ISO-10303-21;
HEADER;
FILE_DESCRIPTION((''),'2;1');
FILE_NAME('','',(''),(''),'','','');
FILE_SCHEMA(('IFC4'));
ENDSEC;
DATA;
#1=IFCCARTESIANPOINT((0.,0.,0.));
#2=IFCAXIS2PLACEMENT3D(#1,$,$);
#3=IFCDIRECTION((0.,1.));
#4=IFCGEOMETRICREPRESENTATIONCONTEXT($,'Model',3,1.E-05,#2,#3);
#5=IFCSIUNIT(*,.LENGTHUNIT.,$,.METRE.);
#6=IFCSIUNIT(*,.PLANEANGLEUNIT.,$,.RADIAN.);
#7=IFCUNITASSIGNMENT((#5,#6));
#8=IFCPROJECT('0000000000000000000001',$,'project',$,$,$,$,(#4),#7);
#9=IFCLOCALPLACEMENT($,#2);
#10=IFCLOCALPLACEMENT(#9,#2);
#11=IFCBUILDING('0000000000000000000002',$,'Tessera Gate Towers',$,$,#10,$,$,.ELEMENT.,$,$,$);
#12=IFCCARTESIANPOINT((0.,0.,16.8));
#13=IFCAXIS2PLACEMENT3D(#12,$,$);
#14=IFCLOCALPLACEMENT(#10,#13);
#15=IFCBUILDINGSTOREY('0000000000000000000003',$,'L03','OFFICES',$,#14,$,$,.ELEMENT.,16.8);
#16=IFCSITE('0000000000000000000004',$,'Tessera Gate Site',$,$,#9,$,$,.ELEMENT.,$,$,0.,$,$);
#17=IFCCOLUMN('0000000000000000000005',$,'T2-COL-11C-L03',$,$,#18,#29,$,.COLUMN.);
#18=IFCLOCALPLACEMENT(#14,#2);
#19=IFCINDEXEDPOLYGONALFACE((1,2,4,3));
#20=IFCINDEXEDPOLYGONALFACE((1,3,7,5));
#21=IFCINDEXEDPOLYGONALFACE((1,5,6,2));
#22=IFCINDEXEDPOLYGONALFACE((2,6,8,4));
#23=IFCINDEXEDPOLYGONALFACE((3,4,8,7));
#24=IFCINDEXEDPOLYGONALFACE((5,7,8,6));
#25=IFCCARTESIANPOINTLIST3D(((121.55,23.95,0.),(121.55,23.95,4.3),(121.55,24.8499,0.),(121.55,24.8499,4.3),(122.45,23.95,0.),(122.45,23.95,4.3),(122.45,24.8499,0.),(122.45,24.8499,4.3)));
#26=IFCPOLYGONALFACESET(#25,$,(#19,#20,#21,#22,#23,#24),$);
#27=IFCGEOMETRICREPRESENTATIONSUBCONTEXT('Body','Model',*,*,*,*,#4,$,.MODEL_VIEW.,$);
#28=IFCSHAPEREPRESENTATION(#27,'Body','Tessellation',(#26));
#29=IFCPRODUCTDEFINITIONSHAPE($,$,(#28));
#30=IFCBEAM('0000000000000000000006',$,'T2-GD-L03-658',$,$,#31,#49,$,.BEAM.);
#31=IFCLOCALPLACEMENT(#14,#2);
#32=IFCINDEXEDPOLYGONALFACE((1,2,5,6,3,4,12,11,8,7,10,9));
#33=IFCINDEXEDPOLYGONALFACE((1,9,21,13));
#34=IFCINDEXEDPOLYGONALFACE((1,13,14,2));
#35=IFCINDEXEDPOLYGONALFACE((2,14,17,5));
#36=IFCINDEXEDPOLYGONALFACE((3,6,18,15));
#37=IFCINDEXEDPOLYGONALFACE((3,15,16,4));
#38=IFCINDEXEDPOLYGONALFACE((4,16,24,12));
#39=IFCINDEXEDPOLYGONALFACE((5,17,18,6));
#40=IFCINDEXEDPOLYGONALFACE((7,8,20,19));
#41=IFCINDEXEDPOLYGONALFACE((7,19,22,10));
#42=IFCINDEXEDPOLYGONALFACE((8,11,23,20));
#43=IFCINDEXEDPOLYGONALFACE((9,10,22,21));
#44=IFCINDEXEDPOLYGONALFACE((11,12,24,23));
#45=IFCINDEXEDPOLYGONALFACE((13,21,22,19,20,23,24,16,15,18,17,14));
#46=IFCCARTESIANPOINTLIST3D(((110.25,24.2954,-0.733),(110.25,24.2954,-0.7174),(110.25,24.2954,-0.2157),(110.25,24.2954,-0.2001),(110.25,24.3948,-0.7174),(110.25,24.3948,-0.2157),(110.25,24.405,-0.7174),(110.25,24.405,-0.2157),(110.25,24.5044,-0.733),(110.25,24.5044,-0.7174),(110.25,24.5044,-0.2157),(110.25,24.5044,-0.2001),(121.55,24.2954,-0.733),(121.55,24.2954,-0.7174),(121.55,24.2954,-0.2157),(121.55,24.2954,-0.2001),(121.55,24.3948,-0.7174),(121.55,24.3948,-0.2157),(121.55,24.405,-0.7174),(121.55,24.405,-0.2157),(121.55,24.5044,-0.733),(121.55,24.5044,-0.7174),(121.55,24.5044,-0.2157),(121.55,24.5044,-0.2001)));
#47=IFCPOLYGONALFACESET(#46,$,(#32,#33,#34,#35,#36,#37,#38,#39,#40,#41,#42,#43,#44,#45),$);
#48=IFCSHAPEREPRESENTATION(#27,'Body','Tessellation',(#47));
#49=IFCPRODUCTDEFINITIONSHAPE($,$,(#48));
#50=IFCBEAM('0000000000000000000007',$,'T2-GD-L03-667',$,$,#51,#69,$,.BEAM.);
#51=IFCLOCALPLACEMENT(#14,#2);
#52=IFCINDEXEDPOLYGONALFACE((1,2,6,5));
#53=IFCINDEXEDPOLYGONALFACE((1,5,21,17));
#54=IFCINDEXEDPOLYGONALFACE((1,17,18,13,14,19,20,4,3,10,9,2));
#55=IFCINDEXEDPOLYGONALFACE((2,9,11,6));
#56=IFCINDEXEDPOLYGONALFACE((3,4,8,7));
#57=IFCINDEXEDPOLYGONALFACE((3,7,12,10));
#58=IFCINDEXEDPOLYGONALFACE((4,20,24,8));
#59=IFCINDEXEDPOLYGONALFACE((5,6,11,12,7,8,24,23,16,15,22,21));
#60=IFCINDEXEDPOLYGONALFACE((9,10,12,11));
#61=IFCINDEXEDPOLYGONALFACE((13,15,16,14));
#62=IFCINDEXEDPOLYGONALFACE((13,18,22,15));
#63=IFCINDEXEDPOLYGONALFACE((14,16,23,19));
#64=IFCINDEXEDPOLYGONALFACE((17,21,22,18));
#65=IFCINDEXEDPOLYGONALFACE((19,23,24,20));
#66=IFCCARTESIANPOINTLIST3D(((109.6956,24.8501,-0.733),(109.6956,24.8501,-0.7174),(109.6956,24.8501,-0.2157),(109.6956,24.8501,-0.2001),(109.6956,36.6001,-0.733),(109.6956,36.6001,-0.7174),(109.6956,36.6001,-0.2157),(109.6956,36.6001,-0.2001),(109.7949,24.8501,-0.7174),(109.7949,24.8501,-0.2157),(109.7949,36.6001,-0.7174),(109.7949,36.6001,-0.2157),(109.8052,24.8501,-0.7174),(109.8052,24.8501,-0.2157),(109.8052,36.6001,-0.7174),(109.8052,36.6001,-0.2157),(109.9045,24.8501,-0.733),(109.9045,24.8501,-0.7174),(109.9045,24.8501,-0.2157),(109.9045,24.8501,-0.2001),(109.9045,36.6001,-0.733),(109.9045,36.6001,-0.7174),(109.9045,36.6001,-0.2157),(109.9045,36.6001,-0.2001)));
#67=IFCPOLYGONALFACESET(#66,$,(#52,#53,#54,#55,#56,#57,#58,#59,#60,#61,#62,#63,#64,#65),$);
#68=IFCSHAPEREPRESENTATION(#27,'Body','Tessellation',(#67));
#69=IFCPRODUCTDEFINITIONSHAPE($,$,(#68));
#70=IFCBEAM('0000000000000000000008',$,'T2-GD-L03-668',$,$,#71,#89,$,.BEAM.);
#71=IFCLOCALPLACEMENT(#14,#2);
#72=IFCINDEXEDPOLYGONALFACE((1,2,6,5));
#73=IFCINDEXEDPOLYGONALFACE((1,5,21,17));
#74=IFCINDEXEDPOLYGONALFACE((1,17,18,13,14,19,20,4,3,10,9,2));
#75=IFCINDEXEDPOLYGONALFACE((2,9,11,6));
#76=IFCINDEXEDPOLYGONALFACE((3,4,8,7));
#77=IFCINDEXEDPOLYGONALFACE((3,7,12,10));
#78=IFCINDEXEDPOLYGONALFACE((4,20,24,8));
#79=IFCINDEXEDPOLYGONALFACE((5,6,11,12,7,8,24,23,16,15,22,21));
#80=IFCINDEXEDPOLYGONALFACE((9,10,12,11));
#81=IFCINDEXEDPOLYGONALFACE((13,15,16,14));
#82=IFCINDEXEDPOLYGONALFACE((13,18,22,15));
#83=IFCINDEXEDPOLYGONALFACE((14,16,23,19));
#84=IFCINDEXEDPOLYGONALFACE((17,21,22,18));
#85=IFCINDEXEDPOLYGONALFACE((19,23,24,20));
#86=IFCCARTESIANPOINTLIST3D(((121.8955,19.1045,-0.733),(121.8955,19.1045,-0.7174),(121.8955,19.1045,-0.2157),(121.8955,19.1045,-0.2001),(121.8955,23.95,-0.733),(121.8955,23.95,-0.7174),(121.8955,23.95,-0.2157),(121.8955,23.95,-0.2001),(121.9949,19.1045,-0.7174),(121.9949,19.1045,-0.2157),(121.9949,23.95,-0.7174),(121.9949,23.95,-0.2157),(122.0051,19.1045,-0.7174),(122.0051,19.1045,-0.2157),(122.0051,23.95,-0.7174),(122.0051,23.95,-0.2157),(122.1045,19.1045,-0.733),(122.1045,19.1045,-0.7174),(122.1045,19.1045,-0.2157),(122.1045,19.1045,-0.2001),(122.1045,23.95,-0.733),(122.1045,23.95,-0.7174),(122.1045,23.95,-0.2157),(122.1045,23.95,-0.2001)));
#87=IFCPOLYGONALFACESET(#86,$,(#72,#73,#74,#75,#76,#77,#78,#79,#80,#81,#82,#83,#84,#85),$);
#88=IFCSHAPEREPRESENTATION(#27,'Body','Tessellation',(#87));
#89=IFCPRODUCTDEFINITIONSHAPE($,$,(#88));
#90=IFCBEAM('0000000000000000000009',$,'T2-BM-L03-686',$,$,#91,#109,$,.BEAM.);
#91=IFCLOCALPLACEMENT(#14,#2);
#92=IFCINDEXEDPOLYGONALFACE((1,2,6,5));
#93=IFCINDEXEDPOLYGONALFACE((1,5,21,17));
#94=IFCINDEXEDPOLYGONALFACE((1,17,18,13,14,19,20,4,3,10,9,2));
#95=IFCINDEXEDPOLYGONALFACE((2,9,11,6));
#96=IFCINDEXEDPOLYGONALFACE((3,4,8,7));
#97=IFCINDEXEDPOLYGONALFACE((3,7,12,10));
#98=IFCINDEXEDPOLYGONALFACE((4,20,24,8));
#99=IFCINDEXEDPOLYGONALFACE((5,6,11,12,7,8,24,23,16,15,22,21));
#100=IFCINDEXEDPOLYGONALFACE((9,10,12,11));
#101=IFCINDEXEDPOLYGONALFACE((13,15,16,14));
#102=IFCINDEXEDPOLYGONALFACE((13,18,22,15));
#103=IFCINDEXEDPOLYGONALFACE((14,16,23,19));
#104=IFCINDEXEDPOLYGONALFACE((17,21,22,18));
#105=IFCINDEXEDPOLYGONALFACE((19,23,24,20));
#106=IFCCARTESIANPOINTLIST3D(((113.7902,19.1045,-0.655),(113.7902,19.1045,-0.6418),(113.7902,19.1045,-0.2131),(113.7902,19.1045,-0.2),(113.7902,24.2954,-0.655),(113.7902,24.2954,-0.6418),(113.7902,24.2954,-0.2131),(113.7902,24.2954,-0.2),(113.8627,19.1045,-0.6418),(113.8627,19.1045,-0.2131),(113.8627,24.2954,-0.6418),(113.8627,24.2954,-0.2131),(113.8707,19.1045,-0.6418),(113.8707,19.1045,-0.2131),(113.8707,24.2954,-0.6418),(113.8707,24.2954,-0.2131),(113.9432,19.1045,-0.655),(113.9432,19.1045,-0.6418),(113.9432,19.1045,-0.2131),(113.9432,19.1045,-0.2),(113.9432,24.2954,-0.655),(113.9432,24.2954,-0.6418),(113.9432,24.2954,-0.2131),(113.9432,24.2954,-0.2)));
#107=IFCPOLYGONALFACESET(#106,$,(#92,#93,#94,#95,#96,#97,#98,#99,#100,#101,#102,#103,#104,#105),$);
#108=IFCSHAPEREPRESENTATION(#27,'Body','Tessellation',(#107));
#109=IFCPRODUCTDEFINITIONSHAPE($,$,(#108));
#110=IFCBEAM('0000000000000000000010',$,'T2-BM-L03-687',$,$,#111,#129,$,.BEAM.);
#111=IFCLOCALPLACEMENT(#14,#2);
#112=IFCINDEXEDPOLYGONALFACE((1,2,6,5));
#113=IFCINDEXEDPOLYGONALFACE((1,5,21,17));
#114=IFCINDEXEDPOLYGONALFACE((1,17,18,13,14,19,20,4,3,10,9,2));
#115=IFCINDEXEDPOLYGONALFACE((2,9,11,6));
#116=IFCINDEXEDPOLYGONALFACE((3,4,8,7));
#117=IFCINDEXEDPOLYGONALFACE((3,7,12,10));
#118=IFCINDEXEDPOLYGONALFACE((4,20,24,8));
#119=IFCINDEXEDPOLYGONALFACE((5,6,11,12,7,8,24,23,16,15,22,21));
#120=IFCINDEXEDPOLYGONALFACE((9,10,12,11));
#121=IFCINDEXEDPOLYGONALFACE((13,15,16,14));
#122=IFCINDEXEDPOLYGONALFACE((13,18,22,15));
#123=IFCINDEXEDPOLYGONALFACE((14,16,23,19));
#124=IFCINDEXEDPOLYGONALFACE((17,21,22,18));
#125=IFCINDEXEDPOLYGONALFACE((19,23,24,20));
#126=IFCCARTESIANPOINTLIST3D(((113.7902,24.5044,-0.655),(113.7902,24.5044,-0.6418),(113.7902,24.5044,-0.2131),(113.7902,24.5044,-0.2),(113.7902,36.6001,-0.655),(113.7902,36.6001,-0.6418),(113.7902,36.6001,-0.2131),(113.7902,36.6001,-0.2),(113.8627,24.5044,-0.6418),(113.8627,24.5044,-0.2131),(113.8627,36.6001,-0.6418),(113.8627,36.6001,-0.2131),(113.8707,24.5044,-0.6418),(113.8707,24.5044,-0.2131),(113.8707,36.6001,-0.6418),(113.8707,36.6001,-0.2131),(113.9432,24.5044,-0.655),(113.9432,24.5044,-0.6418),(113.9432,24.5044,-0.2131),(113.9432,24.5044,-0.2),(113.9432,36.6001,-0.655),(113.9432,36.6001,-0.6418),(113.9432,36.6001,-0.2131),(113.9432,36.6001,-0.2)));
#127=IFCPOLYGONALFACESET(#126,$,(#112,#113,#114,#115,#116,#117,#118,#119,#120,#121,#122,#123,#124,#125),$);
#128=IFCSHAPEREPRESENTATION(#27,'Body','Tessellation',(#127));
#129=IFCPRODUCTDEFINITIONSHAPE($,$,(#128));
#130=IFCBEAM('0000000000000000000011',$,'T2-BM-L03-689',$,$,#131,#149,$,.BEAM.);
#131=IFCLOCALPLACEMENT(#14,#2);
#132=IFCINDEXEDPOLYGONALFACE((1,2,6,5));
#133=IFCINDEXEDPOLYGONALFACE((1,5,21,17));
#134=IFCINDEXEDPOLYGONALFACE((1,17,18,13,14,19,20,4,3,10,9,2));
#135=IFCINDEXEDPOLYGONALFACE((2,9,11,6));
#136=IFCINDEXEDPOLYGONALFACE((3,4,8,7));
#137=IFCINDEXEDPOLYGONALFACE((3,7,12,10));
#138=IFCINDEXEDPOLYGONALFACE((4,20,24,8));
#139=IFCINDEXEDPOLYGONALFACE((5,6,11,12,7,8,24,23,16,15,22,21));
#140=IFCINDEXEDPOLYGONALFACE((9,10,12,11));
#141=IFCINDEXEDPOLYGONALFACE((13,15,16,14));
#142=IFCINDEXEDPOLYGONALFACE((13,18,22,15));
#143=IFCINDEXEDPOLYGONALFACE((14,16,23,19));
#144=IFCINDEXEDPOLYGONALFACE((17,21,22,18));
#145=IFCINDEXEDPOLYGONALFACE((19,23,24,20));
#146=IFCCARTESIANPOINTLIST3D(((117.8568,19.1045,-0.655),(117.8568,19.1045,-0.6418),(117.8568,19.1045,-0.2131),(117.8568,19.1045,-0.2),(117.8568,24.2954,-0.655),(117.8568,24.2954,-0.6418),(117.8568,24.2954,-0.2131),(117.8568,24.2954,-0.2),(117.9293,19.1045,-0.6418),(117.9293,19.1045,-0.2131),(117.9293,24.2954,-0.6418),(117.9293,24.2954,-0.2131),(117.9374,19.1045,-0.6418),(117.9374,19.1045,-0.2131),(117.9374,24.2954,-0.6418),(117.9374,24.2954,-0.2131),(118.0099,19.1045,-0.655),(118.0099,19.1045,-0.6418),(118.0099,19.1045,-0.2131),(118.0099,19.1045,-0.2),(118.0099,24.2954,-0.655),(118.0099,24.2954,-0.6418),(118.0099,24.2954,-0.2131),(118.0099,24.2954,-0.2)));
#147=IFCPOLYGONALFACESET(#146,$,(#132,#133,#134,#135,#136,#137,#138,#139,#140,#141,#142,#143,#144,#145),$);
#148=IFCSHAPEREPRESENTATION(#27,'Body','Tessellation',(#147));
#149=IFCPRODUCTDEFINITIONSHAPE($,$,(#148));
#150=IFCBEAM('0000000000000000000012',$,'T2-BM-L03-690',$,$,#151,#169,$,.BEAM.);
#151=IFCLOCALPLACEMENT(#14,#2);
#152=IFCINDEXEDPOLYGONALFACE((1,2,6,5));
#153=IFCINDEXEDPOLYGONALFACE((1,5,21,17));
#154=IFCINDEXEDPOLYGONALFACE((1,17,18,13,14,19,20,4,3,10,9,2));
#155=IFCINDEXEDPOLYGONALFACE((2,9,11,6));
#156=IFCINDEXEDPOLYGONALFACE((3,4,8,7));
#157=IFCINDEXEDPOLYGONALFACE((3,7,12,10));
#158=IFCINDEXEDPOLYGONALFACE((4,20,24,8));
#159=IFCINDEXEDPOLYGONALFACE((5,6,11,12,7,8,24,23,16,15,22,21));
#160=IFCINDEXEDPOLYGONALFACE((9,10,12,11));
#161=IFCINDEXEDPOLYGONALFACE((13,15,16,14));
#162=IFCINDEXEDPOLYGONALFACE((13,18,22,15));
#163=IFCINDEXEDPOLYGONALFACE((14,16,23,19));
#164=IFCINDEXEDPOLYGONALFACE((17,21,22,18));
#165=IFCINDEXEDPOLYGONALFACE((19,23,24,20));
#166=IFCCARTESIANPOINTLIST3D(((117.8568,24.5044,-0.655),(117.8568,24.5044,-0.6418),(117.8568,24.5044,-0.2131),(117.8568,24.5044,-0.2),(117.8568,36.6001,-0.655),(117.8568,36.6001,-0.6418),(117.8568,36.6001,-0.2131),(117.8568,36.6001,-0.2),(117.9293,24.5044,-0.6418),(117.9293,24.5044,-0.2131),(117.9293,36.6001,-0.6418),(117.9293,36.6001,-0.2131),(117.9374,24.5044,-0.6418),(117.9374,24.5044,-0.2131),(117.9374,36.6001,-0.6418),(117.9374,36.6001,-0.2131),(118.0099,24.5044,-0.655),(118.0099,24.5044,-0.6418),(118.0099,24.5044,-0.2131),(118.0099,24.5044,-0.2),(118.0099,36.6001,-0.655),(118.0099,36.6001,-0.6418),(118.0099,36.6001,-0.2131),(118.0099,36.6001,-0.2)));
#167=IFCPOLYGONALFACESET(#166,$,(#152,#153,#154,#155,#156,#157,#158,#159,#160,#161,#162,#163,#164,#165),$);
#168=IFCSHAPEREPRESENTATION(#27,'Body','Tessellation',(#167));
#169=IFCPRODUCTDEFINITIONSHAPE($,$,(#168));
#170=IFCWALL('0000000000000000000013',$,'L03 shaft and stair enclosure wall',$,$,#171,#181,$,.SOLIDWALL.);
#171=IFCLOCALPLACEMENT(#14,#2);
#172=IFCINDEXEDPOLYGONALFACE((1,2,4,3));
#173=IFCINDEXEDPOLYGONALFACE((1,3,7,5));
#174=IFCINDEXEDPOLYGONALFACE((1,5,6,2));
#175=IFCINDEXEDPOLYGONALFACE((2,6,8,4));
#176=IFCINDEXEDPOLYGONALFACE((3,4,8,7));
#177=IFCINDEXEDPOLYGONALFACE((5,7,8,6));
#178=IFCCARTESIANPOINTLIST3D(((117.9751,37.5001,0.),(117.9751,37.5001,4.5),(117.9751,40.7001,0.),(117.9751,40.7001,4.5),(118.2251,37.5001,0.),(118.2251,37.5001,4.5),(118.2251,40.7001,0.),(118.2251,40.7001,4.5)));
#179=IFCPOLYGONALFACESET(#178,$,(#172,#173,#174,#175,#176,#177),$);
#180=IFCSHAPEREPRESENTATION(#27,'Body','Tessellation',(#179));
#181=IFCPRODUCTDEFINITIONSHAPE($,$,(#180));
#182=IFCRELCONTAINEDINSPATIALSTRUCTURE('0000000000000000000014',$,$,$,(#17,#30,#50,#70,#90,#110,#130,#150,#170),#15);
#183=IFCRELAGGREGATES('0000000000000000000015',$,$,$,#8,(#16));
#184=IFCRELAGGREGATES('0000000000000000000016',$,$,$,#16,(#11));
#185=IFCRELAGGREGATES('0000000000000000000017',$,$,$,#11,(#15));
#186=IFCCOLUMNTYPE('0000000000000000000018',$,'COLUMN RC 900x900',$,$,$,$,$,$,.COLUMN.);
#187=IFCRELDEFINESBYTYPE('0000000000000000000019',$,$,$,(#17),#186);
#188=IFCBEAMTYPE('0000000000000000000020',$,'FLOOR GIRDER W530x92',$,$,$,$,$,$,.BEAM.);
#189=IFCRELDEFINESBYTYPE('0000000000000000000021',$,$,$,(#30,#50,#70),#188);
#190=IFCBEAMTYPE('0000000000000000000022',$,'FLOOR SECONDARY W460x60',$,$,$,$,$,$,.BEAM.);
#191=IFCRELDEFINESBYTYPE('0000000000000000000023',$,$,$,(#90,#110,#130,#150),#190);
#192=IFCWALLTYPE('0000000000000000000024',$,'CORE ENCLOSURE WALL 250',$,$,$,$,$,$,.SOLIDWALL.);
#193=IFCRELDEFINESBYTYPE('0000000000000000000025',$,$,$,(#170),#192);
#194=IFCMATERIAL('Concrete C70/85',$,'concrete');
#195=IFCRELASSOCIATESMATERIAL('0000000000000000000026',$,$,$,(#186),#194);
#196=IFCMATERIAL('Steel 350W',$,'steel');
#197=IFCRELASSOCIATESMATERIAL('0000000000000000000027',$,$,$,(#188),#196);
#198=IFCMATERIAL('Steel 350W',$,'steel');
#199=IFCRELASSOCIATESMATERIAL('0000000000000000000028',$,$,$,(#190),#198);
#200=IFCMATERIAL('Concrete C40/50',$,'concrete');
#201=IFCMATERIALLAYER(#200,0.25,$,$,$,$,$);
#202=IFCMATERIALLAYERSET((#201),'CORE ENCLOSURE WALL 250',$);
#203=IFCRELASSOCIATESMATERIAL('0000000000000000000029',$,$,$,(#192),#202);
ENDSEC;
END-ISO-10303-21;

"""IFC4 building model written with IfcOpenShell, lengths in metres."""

from ifc_helpers import new_model, si_unit, direction, frame, frame_2d, origin, origin_2d, place, context, subcontext, project, spatial, rectangle, i_section, extrude, material, layer, layer_set, material_profile, profile_set, type_object, element, save


model = new_model("IFC4")

# Units and contexts
model_context = context("Model", 3, precision=1e-05, world=origin(), true_north=direction((0.0, 1.0)))
body_context = subcontext(model_context, "Body", "Model", "MODEL_VIEW")
ifc_project = project(units=[si_unit("LENGTHUNIT", "METRE"), si_unit("PLANEANGLEUNIT", "RADIAN")], contexts=[model_context])

# Site, building, storey
site_placement = place(None, origin())
site = spatial("IfcSite", under=ifc_project, at=site_placement, Name="Tessera Gate Site", CompositionType="ELEMENT", RefElevation=0.0)
building_placement = place(site_placement, origin())
building = spatial("IfcBuilding", under=site, at=building_placement, Name="Tessera Gate Towers", CompositionType="ELEMENT")
storey_placement = place(building_placement, frame((0.0, 0.0, 16.8)))
storey = spatial("IfcBuildingStorey", under=building, at=storey_placement, Name="L03", Description="OFFICES", CompositionType="ELEMENT", Elevation=16.8)

# Column
ifc_material_1 = material(Name="Concrete C70/85", Category="concrete")
ifc_material_profile_1 = material_profile(ifc_material_1, rectangle(XDim=0.8999, YDim=0.8999, at=origin_2d()), Name="RC 900x900")
ifc_profile_set_1 = profile_set([ifc_material_profile_1], Name="Concrete C70/85")
column_type = type_object("IfcColumnType", Name="COLUMN RC 900x900", PredefinedType="COLUMN", material=ifc_profile_set_1)
column_placement = place(storey_placement, frame((122.0, 24.3999, 0.0), z_axis=(0.0, 0.0, 1.0), x_axis=(1.0, 0.0, 0.0)))
element("IfcColumn", 1, at=column_placement, inside=storey, type_object=column_type, Name="T2-COL-11C-L03", PredefinedType="COLUMN", context=body_context, shape_type="SweptSolid", body=[
    extrude(rectangle(XDim=0.8999, YDim=0.8999, at=origin_2d()), origin(), (0.0, 0.0, 1.0), 4.3),
])

# Beams
ifc_material_2 = material(Name="Steel 350W", Category="steel")
ifc_material_profile_2 = material_profile(ifc_material_2, i_section(OverallWidth=0.209, OverallDepth=0.533, WebThickness=0.0103, FlangeThickness=0.0156, at=origin_2d()), Name="W530x92")
ifc_profile_set_2 = profile_set([ifc_material_profile_2], Name="Steel 350W")
beam_type_1 = type_object("IfcBeamType", Name="FLOOR GIRDER W530x92", PredefinedType="BEAM", material=ifc_profile_set_2)
beam_1_placement = place(storey_placement, frame((110.25, 24.3999, -0.4666), z_axis=(1.0, 0.0, 0.0), x_axis=(0.0, 1.0, 0.0)))
element("IfcBeam", 2, at=beam_1_placement, inside=storey, type_object=beam_type_1, Name="T2-GD-L03-658", PredefinedType="BEAM", context=body_context, shape_type="SweptSolid", body=[
    extrude(i_section(OverallWidth=0.209, OverallDepth=0.533, WebThickness=0.0103, FlangeThickness=0.0156, at=origin_2d()), origin(), (0.0, 0.0, 1.0), 11.3),
])
beam_2_placement = place(storey_placement, frame((109.8, 24.8501, -0.4666), z_axis=(0.0, 1.0, 0.0), x_axis=(-1.0, 0.0, 0.0)))
element("IfcBeam", 3, at=beam_2_placement, inside=storey, type_object=beam_type_1, Name="T2-GD-L03-667", PredefinedType="BEAM", context=body_context, shape_type="SweptSolid", body=[
    extrude(i_section(OverallWidth=0.209, OverallDepth=0.533, WebThickness=0.0103, FlangeThickness=0.0156, at=origin_2d()), origin(), (0.0, 0.0, 1.0), 11.75),
])
beam_3_placement = place(storey_placement, frame((122.0, 19.1045, -0.4666), z_axis=(0.0, 1.0, 0.0), x_axis=(-1.0, 0.0, 0.0)))
element("IfcBeam", 4, at=beam_3_placement, inside=storey, type_object=beam_type_1, Name="T2-GD-L03-668", PredefinedType="BEAM", context=body_context, shape_type="SweptSolid", body=[
    extrude(i_section(OverallWidth=0.209, OverallDepth=0.533, WebThickness=0.0103, FlangeThickness=0.0156, at=origin_2d()), origin(), (0.0, 0.0, 1.0), 4.8455),
])
ifc_material_3 = material(Name="Steel 350W", Category="steel")
ifc_material_profile_3 = material_profile(ifc_material_3, i_section(OverallWidth=0.1531, OverallDepth=0.4551, WebThickness=0.0081, FlangeThickness=0.0132, at=origin_2d()), Name="W460x60")
ifc_profile_set_3 = profile_set([ifc_material_profile_3], Name="Steel 350W")
beam_type_2 = type_object("IfcBeamType", Name="FLOOR SECONDARY W460x60", PredefinedType="BEAM", material=ifc_profile_set_3)
beam_4_placement = place(storey_placement, frame((113.8667, 19.1045, -0.4275), z_axis=(0.0, 1.0, 0.0), x_axis=(-1.0, 0.0, 0.0)))
element("IfcBeam", 5, at=beam_4_placement, inside=storey, type_object=beam_type_2, Name="T2-BM-L03-686", PredefinedType="BEAM", context=body_context, shape_type="SweptSolid", body=[
    extrude(i_section(OverallWidth=0.1531, OverallDepth=0.4551, WebThickness=0.0081, FlangeThickness=0.0132, at=origin_2d()), origin(), (0.0, 0.0, 1.0), 5.1909),
])
beam_5_placement = place(storey_placement, frame((113.8667, 24.5044, -0.4275), z_axis=(0.0, 1.0, 0.0), x_axis=(-1.0, 0.0, 0.0)))
element("IfcBeam", 6, at=beam_5_placement, inside=storey, type_object=beam_type_2, Name="T2-BM-L03-687", PredefinedType="BEAM", context=body_context, shape_type="SweptSolid", body=[
    extrude(i_section(OverallWidth=0.1531, OverallDepth=0.4551, WebThickness=0.0081, FlangeThickness=0.0132, at=origin_2d()), origin(), (0.0, 0.0, 1.0), 12.0957),
])
beam_6_placement = place(storey_placement, frame((117.9333, 19.1045, -0.4275), z_axis=(0.0, 1.0, 0.0), x_axis=(-1.0, 0.0, 0.0)))
element("IfcBeam", 7, at=beam_6_placement, inside=storey, type_object=beam_type_2, Name="T2-BM-L03-689", PredefinedType="BEAM", context=body_context, shape_type="SweptSolid", body=[
    extrude(i_section(OverallWidth=0.1531, OverallDepth=0.4551, WebThickness=0.0081, FlangeThickness=0.0132, at=origin_2d()), origin(), (0.0, 0.0, 1.0), 5.1909),
])
beam_7_placement = place(storey_placement, frame((117.9333, 24.5044, -0.4275), z_axis=(0.0, 1.0, 0.0), x_axis=(-1.0, 0.0, 0.0)))
element("IfcBeam", 8, at=beam_7_placement, inside=storey, type_object=beam_type_2, Name="T2-BM-L03-690", PredefinedType="BEAM", context=body_context, shape_type="SweptSolid", body=[
    extrude(i_section(OverallWidth=0.1531, OverallDepth=0.4551, WebThickness=0.0081, FlangeThickness=0.0132, at=origin_2d()), origin(), (0.0, 0.0, 1.0), 12.0957),
])

# Wall
ifc_material_4 = material(Name="Concrete C40/50", Category="concrete")
ifc_layer_1 = layer(ifc_material_4, 0.25)
ifc_layer_set_1 = layer_set([ifc_layer_1], Name="CORE ENCLOSURE WALL 250")
wall_type_1 = type_object("IfcWallType", Name="CORE ENCLOSURE WALL 250", PredefinedType="SOLIDWALL", material=ifc_layer_set_1)
wall_1_placement = place(storey_placement, frame((118.1001, 37.5, 0.0), z_axis=(0.0, 0.0, 1.0), x_axis=(0.0, 1.0, 0.0)))
element("IfcWall", 9, at=wall_1_placement, inside=storey, type_object=wall_type_1, Name="L03 shaft and stair enclosure wall", PredefinedType="SOLIDWALL", context=body_context, shape_type="SweptSolid", body=[
    extrude(rectangle(XDim=3.2, YDim=0.25, at=frame_2d((1.6001, 0.0))), origin(), (0.0, 0.0, 1.0), 4.5),
])

save(model, "model.ifc")
